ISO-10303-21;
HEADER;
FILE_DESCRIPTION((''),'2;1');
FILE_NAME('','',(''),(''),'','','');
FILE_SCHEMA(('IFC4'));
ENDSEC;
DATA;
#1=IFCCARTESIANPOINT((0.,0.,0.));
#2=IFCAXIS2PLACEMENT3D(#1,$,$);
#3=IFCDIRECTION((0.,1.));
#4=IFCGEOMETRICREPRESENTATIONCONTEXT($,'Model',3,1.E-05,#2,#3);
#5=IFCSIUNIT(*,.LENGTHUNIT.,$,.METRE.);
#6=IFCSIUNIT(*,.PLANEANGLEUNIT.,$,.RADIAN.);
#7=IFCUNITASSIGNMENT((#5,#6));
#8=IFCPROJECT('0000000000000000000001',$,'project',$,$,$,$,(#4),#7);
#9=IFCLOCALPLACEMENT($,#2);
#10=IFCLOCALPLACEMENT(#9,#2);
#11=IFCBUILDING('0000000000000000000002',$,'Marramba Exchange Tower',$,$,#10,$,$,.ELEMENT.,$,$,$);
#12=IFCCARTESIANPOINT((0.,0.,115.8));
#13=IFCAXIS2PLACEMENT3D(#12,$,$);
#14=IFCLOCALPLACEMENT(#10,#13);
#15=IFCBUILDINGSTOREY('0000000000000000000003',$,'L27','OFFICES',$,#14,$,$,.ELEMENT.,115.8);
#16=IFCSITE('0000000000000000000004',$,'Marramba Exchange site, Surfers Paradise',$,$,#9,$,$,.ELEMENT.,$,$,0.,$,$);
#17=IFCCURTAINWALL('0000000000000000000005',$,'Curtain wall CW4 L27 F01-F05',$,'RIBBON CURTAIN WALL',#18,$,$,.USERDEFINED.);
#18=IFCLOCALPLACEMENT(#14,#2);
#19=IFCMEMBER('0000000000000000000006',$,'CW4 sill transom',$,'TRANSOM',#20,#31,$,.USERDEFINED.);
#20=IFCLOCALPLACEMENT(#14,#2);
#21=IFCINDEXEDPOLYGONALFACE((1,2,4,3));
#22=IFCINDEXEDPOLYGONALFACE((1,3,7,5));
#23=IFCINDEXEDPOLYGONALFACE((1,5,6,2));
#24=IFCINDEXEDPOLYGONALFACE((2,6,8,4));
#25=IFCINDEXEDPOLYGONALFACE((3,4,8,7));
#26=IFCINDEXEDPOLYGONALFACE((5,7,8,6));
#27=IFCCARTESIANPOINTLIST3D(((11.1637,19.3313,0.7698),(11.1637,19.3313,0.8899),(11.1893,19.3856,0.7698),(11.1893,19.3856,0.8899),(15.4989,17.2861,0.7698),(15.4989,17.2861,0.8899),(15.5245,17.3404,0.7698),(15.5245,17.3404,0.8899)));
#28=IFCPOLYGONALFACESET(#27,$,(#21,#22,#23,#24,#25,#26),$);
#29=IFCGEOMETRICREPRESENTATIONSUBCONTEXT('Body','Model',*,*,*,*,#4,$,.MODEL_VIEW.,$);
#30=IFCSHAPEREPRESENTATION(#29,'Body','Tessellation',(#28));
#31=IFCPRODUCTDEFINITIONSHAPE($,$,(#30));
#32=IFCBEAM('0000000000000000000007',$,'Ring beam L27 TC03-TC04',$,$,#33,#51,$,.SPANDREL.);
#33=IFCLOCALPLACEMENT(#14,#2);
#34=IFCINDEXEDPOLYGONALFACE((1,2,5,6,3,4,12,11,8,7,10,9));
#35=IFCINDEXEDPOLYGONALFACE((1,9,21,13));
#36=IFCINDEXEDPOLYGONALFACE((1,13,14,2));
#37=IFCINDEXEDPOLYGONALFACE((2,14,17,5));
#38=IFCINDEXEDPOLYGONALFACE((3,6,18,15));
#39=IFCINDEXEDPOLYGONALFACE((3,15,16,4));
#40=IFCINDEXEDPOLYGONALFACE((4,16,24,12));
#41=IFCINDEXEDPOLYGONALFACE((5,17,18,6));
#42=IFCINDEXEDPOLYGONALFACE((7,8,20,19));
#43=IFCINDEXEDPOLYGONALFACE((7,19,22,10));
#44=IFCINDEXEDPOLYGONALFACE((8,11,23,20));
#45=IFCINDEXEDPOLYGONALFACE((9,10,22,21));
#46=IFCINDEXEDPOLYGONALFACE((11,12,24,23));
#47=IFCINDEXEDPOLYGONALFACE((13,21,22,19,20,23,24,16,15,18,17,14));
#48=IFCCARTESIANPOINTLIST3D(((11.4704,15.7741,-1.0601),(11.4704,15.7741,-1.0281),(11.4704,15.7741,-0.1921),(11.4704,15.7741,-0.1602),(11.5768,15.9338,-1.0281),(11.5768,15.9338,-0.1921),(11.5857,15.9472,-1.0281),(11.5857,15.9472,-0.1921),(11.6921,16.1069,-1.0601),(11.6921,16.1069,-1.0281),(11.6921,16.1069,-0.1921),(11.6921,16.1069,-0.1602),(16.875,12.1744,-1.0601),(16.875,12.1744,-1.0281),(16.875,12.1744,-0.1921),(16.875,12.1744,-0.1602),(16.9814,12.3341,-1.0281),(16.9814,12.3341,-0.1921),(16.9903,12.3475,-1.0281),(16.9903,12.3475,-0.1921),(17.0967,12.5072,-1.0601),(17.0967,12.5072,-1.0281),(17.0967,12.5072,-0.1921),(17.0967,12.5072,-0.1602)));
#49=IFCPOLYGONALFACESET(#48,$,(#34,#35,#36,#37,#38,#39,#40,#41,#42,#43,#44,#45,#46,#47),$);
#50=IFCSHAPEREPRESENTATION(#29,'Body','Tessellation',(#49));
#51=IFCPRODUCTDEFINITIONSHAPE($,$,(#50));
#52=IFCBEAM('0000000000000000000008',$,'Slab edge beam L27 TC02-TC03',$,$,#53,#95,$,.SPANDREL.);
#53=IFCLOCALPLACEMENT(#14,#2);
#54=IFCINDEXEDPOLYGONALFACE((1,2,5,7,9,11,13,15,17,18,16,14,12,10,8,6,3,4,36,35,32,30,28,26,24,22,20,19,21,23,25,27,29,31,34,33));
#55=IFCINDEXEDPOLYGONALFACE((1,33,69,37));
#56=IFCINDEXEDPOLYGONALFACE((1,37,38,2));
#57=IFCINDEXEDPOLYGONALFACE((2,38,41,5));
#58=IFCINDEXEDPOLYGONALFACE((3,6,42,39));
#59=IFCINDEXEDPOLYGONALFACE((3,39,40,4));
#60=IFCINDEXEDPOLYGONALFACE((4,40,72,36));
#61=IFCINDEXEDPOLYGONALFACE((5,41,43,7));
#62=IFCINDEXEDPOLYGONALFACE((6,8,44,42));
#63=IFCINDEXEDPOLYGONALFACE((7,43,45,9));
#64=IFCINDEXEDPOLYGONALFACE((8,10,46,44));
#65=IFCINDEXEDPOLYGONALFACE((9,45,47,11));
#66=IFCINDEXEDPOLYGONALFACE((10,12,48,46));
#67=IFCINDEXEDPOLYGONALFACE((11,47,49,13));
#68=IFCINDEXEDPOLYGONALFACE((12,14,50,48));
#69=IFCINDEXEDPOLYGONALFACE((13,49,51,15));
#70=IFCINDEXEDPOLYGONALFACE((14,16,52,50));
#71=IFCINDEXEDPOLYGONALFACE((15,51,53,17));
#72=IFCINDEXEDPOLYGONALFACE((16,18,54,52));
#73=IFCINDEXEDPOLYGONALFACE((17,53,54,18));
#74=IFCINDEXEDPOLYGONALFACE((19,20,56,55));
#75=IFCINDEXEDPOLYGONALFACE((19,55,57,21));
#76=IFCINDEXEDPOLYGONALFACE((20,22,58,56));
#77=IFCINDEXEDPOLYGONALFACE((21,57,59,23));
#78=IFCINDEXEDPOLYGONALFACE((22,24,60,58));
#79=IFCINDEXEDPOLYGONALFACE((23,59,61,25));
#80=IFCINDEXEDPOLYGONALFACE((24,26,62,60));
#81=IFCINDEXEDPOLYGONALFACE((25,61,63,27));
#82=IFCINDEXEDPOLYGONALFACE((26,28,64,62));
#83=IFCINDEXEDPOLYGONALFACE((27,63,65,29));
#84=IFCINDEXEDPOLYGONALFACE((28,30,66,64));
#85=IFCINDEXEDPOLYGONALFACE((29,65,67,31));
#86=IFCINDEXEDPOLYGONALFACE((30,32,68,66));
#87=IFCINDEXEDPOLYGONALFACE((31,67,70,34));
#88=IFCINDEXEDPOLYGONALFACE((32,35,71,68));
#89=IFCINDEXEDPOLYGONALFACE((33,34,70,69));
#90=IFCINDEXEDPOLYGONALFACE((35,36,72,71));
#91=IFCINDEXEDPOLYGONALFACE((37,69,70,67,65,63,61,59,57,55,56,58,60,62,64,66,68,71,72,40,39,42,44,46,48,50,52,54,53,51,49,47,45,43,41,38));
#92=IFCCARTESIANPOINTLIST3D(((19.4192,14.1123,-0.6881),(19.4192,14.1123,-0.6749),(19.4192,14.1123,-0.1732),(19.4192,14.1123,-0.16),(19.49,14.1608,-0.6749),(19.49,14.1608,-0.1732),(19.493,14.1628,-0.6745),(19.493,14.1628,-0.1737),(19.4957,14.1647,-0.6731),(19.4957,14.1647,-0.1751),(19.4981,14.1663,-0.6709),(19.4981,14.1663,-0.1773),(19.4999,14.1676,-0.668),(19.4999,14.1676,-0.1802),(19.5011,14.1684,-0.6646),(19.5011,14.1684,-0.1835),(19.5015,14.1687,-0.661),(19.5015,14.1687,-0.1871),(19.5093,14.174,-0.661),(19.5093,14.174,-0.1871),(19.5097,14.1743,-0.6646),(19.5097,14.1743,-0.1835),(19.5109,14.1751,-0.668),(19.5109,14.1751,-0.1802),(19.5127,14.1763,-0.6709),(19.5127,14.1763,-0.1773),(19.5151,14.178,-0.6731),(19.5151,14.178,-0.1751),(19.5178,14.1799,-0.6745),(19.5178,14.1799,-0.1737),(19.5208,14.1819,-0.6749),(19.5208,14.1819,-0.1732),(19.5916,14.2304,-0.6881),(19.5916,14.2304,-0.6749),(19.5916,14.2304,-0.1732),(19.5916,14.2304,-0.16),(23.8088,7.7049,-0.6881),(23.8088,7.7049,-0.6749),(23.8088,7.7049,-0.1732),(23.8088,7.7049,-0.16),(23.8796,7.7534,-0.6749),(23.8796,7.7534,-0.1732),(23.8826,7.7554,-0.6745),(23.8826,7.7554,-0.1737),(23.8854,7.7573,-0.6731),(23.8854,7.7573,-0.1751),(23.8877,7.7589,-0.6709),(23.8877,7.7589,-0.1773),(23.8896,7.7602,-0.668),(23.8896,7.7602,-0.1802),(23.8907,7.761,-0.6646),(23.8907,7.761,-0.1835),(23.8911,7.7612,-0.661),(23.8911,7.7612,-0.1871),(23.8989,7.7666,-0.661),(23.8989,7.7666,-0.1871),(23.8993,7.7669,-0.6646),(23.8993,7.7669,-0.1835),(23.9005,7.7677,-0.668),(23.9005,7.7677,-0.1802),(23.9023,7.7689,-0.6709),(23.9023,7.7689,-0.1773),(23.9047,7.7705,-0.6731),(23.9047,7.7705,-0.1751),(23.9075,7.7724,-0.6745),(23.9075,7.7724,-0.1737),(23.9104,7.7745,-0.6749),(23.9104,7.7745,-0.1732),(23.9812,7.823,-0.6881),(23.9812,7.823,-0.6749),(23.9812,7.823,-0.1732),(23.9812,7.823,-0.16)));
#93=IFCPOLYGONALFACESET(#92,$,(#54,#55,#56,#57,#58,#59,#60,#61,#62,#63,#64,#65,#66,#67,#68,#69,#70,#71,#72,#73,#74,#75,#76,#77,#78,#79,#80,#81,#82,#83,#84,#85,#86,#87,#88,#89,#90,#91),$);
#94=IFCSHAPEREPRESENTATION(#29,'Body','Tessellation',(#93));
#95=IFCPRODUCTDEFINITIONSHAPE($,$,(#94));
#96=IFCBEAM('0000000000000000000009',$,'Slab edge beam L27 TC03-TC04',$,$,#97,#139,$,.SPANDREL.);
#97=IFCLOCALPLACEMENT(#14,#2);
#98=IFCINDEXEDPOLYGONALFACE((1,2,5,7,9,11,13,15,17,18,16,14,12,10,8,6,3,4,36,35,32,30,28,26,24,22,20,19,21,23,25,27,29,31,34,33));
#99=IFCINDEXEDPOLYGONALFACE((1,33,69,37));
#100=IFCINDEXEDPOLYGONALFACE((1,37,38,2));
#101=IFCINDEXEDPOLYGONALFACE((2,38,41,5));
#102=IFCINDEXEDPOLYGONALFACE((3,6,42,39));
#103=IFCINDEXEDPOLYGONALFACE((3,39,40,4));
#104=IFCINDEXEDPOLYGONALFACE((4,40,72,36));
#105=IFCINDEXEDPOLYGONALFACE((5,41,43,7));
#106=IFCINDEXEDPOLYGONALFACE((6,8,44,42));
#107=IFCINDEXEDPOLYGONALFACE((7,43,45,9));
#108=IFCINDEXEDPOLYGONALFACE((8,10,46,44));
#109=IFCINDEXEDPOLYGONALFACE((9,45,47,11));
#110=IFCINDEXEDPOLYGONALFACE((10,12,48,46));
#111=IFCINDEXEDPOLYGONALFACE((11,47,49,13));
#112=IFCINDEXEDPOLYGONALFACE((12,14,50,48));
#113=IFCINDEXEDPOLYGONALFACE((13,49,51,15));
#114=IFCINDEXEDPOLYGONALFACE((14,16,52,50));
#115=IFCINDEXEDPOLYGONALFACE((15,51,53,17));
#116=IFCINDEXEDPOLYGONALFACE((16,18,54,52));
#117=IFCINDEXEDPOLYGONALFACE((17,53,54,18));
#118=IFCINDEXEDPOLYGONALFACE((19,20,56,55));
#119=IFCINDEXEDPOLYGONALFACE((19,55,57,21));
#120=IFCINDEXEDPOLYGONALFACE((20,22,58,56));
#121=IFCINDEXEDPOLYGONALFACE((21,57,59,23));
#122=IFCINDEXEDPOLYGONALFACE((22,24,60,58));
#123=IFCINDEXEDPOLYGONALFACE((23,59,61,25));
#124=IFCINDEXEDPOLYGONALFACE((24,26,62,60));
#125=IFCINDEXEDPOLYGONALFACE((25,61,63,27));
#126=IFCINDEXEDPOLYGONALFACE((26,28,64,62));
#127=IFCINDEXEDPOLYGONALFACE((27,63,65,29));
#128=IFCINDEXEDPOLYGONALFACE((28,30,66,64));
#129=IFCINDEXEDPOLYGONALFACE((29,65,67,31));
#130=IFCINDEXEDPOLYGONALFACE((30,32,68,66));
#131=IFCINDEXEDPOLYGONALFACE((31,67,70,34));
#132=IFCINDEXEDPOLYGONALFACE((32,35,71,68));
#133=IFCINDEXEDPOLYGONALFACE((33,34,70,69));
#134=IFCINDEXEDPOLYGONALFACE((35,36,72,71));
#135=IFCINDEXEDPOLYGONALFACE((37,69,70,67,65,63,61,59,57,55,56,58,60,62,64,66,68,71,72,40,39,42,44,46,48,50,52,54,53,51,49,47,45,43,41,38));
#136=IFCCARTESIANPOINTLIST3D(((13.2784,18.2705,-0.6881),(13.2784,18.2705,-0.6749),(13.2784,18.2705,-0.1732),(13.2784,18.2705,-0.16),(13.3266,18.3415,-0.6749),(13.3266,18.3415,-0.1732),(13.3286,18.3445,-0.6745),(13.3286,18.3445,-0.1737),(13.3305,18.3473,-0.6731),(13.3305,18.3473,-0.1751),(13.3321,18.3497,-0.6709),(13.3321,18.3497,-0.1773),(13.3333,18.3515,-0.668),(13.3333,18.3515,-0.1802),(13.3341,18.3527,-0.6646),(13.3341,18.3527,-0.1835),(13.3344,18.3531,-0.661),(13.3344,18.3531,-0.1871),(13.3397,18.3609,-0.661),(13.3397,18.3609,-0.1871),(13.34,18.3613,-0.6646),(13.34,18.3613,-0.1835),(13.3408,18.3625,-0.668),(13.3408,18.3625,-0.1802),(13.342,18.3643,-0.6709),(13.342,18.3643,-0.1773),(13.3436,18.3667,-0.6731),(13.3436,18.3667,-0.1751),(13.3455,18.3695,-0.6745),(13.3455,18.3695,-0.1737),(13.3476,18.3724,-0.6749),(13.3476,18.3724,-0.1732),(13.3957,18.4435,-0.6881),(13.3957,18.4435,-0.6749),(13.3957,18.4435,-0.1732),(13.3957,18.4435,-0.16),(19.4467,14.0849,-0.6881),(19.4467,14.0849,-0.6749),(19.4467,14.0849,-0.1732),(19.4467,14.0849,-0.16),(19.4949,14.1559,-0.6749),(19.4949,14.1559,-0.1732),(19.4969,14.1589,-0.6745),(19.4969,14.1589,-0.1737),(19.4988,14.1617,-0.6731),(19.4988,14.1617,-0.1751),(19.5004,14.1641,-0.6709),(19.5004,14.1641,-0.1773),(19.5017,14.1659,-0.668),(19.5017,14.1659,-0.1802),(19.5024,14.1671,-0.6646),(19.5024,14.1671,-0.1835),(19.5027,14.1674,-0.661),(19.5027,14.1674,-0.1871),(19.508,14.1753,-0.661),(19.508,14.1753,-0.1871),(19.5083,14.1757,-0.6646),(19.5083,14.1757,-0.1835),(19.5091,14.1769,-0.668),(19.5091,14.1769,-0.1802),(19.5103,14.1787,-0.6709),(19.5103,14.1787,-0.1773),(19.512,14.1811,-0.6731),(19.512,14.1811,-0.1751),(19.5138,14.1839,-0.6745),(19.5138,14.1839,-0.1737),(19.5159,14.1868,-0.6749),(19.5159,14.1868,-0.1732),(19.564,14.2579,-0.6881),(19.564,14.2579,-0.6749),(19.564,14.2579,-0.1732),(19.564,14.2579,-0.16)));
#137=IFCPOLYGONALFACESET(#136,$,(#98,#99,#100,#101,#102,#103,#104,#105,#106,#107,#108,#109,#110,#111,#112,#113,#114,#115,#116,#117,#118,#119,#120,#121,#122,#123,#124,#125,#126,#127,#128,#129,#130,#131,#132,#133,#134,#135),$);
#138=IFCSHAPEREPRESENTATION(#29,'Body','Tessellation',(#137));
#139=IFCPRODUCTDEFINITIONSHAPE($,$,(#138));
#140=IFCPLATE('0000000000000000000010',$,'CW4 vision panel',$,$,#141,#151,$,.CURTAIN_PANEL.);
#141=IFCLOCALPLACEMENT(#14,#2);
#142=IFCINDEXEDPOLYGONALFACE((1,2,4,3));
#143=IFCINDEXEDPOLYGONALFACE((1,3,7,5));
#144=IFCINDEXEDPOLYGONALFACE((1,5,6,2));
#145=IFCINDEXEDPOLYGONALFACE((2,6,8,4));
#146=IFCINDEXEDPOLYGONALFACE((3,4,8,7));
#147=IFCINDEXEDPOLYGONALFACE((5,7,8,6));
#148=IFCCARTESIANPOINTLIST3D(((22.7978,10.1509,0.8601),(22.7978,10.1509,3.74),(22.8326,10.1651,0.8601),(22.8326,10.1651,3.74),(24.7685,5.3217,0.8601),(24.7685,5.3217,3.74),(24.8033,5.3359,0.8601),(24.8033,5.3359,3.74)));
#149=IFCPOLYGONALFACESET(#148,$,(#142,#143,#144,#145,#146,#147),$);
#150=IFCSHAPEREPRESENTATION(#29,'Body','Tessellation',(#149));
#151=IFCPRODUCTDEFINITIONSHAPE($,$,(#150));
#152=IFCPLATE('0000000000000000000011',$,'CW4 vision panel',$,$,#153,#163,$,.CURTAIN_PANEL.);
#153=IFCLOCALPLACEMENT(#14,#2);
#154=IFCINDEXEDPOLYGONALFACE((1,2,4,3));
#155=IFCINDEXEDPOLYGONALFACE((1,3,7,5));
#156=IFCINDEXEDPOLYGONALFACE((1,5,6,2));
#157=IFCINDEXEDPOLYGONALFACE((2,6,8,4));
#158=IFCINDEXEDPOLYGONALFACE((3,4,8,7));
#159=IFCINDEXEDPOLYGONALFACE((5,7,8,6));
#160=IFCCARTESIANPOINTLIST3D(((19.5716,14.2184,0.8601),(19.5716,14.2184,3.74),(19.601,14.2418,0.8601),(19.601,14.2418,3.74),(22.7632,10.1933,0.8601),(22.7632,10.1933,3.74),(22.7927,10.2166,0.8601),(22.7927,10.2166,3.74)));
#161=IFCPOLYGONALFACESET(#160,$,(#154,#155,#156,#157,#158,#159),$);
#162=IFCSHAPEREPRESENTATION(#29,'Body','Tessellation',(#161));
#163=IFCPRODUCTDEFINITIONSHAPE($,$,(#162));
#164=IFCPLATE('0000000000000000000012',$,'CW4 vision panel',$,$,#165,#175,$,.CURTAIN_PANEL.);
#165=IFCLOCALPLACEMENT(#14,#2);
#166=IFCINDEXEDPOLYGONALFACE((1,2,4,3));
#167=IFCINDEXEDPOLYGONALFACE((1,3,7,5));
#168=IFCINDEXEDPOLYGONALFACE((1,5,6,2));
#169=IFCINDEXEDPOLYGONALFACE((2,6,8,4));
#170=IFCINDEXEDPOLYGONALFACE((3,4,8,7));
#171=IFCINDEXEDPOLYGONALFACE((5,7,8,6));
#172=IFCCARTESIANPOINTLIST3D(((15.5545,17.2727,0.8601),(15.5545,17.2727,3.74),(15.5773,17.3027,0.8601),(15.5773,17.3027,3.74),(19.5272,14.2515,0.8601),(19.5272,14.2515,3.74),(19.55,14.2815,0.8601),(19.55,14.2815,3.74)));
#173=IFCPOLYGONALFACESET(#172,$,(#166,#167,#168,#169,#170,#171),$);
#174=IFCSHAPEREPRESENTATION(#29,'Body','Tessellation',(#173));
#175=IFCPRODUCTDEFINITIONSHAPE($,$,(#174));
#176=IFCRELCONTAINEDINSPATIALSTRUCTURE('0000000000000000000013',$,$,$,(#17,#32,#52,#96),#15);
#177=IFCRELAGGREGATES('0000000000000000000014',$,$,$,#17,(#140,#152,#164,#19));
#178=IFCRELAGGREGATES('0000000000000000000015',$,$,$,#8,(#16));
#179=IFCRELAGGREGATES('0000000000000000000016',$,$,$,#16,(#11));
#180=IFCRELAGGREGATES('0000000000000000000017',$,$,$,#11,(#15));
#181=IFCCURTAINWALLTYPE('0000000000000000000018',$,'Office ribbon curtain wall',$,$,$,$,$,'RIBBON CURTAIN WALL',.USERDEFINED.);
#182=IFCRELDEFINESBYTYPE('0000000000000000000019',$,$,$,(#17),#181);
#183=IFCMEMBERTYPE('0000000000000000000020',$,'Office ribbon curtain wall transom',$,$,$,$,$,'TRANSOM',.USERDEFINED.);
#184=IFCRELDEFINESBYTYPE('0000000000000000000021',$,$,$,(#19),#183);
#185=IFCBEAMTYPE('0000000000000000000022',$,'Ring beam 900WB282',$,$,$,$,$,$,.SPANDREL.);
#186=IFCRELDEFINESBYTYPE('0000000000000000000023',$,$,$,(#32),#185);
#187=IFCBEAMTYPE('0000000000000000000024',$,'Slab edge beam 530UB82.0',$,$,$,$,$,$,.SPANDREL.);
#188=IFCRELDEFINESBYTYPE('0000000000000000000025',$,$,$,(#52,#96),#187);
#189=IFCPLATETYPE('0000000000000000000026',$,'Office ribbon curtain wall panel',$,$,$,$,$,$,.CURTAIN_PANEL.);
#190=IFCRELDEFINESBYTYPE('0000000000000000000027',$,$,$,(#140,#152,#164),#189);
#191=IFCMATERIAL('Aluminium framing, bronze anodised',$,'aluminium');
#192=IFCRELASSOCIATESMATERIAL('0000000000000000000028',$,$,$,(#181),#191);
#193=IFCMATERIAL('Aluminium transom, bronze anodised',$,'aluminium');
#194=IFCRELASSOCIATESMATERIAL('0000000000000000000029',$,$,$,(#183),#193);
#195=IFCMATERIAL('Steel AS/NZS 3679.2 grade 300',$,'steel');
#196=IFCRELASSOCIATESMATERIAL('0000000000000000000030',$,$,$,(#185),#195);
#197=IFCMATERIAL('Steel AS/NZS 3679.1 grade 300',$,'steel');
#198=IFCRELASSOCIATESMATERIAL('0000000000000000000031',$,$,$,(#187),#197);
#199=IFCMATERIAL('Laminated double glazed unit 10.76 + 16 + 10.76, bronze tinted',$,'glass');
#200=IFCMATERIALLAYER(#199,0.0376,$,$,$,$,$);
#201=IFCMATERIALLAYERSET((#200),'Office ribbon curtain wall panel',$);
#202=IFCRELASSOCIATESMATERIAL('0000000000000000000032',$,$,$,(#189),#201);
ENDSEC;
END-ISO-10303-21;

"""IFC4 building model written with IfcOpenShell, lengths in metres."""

from ifc_helpers import new_model, si_unit, direction, frame, origin, origin_2d, place, context, subcontext, project, spatial, rectangle, i_section, extrude, material, layer, layer_set, material_profile, profile_set, type_object, element, aggregate, save


model = new_model("IFC4")

# Units and contexts
model_context = context("Model", 3, precision=1e-05, world=origin(), true_north=direction((0.0, 1.0)))
body_context = subcontext(model_context, "Body", "Model", "MODEL_VIEW")
ifc_project = project(units=[si_unit("LENGTHUNIT", "METRE"), si_unit("PLANEANGLEUNIT", "RADIAN")], contexts=[model_context])

# Site, building, storey
site_placement = place(None, origin())
site = spatial("IfcSite", under=ifc_project, at=site_placement, Name="Marramba Exchange site, Surfers Paradise", CompositionType="ELEMENT", RefElevation=0.0)
building_placement = place(site_placement, origin())
building = spatial("IfcBuilding", under=site, at=building_placement, Name="Marramba Exchange Tower", CompositionType="ELEMENT")
storey_placement = place(building_placement, frame((0.0, 0.0, 115.8)))
storey = spatial("IfcBuildingStorey", under=building, at=storey_placement, Name="L27", Description="OFFICES", CompositionType="ELEMENT", Elevation=115.8)

# Shared definitions
ifc_material_1 = material(Name="Steel AS/NZS 3679.2 grade 300", Category="steel")
ifc_material_2 = material(Name="Steel AS/NZS 3679.1 grade 300", Category="steel")

# Curtain wall, member
ifc_material_3 = material(Name="Aluminium framing, bronze anodised", Category="aluminium")
curtain_wall_type = type_object("IfcCurtainWallType", Name="Office ribbon curtain wall", ElementType="RIBBON CURTAIN WALL", PredefinedType="USERDEFINED", material=ifc_material_3)
curtain_wall_placement = place(storey_placement, origin())
curtain_wall = element("IfcCurtainWall", 1, at=curtain_wall_placement, inside=storey, type_object=curtain_wall_type, Name="Curtain wall CW4 L27 F01-F05", ObjectType="RIBBON CURTAIN WALL", PredefinedType="USERDEFINED")
ifc_material_4 = material(Name="Aluminium transom, bronze anodised", Category="aluminium")
ifc_material_profile_1 = material_profile(ifc_material_4, rectangle(XDim=0.0601, YDim=0.1201, at=origin_2d()), Name="CW4 transom 60x120")
ifc_profile_set_1 = profile_set([ifc_material_profile_1], Name="Aluminium transom, bronze anodised")
member_type_1 = type_object("IfcMemberType", Name="Office ribbon curtain wall transom", ElementType="TRANSOM", PredefinedType="USERDEFINED", material=ifc_profile_set_1)
member_1_placement = place(storey_placement, frame((15.5117, 17.3132, 0.8298), z_axis=(-0.904411, 0.426663, 0.0), x_axis=(-0.426663, -0.904411, 0.0)))
member_1 = element("IfcMember", 2, at=member_1_placement, type_object=member_type_1, Name="CW4 sill transom", ObjectType="TRANSOM", PredefinedType="USERDEFINED", context=body_context, shape_type="SweptSolid", body=[
    extrude(rectangle(XDim=0.0601, YDim=0.1201, at=origin_2d()), origin(), (0.0, 0.0, 1.0), 4.7935),
])

# Beams
ifc_material_profile_2 = material_profile(ifc_material_1, i_section(OverallWidth=0.3999, OverallDepth=0.8999, WebThickness=0.0161, FlangeThickness=0.032, at=origin_2d()), Name="900WB282")
ifc_profile_set_2 = profile_set([ifc_material_profile_2], Name="Steel AS/NZS 3679.2 grade 300")
beam_type_1 = type_object("IfcBeamType", Name="Ring beam 900WB282", PredefinedType="SPANDREL", material=ifc_profile_set_2)
beam_1_placement = place(storey_placement, frame((16.9858, 12.3408, -0.6101), z_axis=(-0.832293, 0.554336, 0.0), x_axis=(-0.554336, -0.832293, 0.0)))
element("IfcBeam", 3, at=beam_1_placement, inside=storey, type_object=beam_type_1, Name="Ring beam L27 TC03-TC04", PredefinedType="SPANDREL", context=body_context, shape_type="SweptSolid", body=[
    extrude(i_section(OverallWidth=0.3999, OverallDepth=0.8999, WebThickness=0.0161, FlangeThickness=0.032, at=origin_2d()), origin(), (0.0, 0.0, 1.0), 6.4937),
])
ifc_material_profile_3 = material_profile(ifc_material_2, i_section(OverallWidth=0.209, OverallDepth=0.5281, WebThickness=0.0095, FlangeThickness=0.0132, FilletRadius=0.0139, at=origin_2d()), Name="530UB82.0")
ifc_profile_set_3 = profile_set([ifc_material_profile_3], Name="Steel AS/NZS 3679.1 grade 300")
beam_type_2 = type_object("IfcBeamType", Name="Slab edge beam 530UB82.0", PredefinedType="SPANDREL", material=ifc_profile_set_3)
beam_2_placement = place(storey_placement, frame((23.895, 7.7639, -0.4241), z_axis=(-0.565174, 0.824972, 0.0), x_axis=(-0.824972, -0.565174, 0.0)))
element("IfcBeam", 4, at=beam_2_placement, inside=storey, type_object=beam_type_2, Name="Slab edge beam L27 TC02-TC03", PredefinedType="SPANDREL", context=body_context, shape_type="SweptSolid", body=[
    extrude(i_section(OverallWidth=0.209, OverallDepth=0.5281, WebThickness=0.0095, FlangeThickness=0.0132, FilletRadius=0.0139, at=origin_2d()), origin(), (0.0, 0.0, 1.0), 7.7668),
])
beam_3_placement = place(storey_placement, frame((19.5054, 14.1714, -0.4241), z_axis=(-0.827477, 0.561499, 0.0), x_axis=(-0.561499, -0.827477, 0.0)))
element("IfcBeam", 5, at=beam_3_placement, inside=storey, type_object=beam_type_2, Name="Slab edge beam L27 TC03-TC04", PredefinedType="SPANDREL", context=body_context, shape_type="SweptSolid", body=[
    extrude(i_section(OverallWidth=0.209, OverallDepth=0.5281, WebThickness=0.0095, FlangeThickness=0.0132, FilletRadius=0.0139, at=origin_2d()), origin(), (0.0, 0.0, 1.0), 7.4543),
])

# Plates
ifc_material_5 = material(Name="Laminated double glazed unit 10.76 + 16 + 10.76, bronze tinted", Category="glass")
ifc_layer_1 = layer(ifc_material_5, 0.0376)
ifc_layer_set_1 = layer_set([ifc_layer_1], Name="Office ribbon curtain wall panel")
plate_type = type_object("IfcPlateType", Name="Office ribbon curtain wall panel", PredefinedType="CURTAIN_PANEL", material=ifc_layer_set_1)
plate_1_placement = place(storey_placement, frame((23.8005, 7.7434, 0.8601), z_axis=(0.0, 0.0, 1.0), x_axis=(-0.377821, 0.925879, 0.0)))
plate_1 = element("IfcPlate", 6, at=plate_1_placement, type_object=plate_type, Name="CW4 vision panel", PredefinedType="CURTAIN_PANEL", context=body_context, shape_type="SweptSolid", body=[
    extrude(rectangle(XDim=5.2158, YDim=0.0376, at=origin_2d()), origin(), (0.0, 0.0, 1.0), 2.8799),
])
plate_2_placement = place(storey_placement, frame((21.1821, 12.2175, 0.8601), z_axis=(0.0, 0.0, 1.0), x_axis=(-0.621312, 0.783563, 0.0)))
plate_2 = element("IfcPlate", 7, at=plate_2_placement, type_object=plate_type, Name="CW4 vision panel", PredefinedType="CURTAIN_PANEL", context=body_context, shape_type="SweptSolid", body=[
    extrude(rectangle(XDim=5.137, YDim=0.0376, at=origin_2d()), origin(), (0.0, 0.0, 1.0), 2.8799),
])
plate_3_placement = place(storey_placement, frame((17.5522, 15.7771, 0.8601), z_axis=(0.0, 0.0, 1.0), x_axis=(-0.795972, 0.605334, 0.0)))
plate_3 = element("IfcPlate", 8, at=plate_3_placement, type_object=plate_type, Name="CW4 vision panel", PredefinedType="CURTAIN_PANEL", context=body_context, shape_type="SweptSolid", body=[
    extrude(rectangle(XDim=4.991, YDim=0.0376, at=origin_2d()), origin(), (0.0, 0.0, 1.0), 2.8799),
])
aggregate(curtain_wall, [plate_1, plate_2, plate_3, member_1])

save(model, "model.ifc")
